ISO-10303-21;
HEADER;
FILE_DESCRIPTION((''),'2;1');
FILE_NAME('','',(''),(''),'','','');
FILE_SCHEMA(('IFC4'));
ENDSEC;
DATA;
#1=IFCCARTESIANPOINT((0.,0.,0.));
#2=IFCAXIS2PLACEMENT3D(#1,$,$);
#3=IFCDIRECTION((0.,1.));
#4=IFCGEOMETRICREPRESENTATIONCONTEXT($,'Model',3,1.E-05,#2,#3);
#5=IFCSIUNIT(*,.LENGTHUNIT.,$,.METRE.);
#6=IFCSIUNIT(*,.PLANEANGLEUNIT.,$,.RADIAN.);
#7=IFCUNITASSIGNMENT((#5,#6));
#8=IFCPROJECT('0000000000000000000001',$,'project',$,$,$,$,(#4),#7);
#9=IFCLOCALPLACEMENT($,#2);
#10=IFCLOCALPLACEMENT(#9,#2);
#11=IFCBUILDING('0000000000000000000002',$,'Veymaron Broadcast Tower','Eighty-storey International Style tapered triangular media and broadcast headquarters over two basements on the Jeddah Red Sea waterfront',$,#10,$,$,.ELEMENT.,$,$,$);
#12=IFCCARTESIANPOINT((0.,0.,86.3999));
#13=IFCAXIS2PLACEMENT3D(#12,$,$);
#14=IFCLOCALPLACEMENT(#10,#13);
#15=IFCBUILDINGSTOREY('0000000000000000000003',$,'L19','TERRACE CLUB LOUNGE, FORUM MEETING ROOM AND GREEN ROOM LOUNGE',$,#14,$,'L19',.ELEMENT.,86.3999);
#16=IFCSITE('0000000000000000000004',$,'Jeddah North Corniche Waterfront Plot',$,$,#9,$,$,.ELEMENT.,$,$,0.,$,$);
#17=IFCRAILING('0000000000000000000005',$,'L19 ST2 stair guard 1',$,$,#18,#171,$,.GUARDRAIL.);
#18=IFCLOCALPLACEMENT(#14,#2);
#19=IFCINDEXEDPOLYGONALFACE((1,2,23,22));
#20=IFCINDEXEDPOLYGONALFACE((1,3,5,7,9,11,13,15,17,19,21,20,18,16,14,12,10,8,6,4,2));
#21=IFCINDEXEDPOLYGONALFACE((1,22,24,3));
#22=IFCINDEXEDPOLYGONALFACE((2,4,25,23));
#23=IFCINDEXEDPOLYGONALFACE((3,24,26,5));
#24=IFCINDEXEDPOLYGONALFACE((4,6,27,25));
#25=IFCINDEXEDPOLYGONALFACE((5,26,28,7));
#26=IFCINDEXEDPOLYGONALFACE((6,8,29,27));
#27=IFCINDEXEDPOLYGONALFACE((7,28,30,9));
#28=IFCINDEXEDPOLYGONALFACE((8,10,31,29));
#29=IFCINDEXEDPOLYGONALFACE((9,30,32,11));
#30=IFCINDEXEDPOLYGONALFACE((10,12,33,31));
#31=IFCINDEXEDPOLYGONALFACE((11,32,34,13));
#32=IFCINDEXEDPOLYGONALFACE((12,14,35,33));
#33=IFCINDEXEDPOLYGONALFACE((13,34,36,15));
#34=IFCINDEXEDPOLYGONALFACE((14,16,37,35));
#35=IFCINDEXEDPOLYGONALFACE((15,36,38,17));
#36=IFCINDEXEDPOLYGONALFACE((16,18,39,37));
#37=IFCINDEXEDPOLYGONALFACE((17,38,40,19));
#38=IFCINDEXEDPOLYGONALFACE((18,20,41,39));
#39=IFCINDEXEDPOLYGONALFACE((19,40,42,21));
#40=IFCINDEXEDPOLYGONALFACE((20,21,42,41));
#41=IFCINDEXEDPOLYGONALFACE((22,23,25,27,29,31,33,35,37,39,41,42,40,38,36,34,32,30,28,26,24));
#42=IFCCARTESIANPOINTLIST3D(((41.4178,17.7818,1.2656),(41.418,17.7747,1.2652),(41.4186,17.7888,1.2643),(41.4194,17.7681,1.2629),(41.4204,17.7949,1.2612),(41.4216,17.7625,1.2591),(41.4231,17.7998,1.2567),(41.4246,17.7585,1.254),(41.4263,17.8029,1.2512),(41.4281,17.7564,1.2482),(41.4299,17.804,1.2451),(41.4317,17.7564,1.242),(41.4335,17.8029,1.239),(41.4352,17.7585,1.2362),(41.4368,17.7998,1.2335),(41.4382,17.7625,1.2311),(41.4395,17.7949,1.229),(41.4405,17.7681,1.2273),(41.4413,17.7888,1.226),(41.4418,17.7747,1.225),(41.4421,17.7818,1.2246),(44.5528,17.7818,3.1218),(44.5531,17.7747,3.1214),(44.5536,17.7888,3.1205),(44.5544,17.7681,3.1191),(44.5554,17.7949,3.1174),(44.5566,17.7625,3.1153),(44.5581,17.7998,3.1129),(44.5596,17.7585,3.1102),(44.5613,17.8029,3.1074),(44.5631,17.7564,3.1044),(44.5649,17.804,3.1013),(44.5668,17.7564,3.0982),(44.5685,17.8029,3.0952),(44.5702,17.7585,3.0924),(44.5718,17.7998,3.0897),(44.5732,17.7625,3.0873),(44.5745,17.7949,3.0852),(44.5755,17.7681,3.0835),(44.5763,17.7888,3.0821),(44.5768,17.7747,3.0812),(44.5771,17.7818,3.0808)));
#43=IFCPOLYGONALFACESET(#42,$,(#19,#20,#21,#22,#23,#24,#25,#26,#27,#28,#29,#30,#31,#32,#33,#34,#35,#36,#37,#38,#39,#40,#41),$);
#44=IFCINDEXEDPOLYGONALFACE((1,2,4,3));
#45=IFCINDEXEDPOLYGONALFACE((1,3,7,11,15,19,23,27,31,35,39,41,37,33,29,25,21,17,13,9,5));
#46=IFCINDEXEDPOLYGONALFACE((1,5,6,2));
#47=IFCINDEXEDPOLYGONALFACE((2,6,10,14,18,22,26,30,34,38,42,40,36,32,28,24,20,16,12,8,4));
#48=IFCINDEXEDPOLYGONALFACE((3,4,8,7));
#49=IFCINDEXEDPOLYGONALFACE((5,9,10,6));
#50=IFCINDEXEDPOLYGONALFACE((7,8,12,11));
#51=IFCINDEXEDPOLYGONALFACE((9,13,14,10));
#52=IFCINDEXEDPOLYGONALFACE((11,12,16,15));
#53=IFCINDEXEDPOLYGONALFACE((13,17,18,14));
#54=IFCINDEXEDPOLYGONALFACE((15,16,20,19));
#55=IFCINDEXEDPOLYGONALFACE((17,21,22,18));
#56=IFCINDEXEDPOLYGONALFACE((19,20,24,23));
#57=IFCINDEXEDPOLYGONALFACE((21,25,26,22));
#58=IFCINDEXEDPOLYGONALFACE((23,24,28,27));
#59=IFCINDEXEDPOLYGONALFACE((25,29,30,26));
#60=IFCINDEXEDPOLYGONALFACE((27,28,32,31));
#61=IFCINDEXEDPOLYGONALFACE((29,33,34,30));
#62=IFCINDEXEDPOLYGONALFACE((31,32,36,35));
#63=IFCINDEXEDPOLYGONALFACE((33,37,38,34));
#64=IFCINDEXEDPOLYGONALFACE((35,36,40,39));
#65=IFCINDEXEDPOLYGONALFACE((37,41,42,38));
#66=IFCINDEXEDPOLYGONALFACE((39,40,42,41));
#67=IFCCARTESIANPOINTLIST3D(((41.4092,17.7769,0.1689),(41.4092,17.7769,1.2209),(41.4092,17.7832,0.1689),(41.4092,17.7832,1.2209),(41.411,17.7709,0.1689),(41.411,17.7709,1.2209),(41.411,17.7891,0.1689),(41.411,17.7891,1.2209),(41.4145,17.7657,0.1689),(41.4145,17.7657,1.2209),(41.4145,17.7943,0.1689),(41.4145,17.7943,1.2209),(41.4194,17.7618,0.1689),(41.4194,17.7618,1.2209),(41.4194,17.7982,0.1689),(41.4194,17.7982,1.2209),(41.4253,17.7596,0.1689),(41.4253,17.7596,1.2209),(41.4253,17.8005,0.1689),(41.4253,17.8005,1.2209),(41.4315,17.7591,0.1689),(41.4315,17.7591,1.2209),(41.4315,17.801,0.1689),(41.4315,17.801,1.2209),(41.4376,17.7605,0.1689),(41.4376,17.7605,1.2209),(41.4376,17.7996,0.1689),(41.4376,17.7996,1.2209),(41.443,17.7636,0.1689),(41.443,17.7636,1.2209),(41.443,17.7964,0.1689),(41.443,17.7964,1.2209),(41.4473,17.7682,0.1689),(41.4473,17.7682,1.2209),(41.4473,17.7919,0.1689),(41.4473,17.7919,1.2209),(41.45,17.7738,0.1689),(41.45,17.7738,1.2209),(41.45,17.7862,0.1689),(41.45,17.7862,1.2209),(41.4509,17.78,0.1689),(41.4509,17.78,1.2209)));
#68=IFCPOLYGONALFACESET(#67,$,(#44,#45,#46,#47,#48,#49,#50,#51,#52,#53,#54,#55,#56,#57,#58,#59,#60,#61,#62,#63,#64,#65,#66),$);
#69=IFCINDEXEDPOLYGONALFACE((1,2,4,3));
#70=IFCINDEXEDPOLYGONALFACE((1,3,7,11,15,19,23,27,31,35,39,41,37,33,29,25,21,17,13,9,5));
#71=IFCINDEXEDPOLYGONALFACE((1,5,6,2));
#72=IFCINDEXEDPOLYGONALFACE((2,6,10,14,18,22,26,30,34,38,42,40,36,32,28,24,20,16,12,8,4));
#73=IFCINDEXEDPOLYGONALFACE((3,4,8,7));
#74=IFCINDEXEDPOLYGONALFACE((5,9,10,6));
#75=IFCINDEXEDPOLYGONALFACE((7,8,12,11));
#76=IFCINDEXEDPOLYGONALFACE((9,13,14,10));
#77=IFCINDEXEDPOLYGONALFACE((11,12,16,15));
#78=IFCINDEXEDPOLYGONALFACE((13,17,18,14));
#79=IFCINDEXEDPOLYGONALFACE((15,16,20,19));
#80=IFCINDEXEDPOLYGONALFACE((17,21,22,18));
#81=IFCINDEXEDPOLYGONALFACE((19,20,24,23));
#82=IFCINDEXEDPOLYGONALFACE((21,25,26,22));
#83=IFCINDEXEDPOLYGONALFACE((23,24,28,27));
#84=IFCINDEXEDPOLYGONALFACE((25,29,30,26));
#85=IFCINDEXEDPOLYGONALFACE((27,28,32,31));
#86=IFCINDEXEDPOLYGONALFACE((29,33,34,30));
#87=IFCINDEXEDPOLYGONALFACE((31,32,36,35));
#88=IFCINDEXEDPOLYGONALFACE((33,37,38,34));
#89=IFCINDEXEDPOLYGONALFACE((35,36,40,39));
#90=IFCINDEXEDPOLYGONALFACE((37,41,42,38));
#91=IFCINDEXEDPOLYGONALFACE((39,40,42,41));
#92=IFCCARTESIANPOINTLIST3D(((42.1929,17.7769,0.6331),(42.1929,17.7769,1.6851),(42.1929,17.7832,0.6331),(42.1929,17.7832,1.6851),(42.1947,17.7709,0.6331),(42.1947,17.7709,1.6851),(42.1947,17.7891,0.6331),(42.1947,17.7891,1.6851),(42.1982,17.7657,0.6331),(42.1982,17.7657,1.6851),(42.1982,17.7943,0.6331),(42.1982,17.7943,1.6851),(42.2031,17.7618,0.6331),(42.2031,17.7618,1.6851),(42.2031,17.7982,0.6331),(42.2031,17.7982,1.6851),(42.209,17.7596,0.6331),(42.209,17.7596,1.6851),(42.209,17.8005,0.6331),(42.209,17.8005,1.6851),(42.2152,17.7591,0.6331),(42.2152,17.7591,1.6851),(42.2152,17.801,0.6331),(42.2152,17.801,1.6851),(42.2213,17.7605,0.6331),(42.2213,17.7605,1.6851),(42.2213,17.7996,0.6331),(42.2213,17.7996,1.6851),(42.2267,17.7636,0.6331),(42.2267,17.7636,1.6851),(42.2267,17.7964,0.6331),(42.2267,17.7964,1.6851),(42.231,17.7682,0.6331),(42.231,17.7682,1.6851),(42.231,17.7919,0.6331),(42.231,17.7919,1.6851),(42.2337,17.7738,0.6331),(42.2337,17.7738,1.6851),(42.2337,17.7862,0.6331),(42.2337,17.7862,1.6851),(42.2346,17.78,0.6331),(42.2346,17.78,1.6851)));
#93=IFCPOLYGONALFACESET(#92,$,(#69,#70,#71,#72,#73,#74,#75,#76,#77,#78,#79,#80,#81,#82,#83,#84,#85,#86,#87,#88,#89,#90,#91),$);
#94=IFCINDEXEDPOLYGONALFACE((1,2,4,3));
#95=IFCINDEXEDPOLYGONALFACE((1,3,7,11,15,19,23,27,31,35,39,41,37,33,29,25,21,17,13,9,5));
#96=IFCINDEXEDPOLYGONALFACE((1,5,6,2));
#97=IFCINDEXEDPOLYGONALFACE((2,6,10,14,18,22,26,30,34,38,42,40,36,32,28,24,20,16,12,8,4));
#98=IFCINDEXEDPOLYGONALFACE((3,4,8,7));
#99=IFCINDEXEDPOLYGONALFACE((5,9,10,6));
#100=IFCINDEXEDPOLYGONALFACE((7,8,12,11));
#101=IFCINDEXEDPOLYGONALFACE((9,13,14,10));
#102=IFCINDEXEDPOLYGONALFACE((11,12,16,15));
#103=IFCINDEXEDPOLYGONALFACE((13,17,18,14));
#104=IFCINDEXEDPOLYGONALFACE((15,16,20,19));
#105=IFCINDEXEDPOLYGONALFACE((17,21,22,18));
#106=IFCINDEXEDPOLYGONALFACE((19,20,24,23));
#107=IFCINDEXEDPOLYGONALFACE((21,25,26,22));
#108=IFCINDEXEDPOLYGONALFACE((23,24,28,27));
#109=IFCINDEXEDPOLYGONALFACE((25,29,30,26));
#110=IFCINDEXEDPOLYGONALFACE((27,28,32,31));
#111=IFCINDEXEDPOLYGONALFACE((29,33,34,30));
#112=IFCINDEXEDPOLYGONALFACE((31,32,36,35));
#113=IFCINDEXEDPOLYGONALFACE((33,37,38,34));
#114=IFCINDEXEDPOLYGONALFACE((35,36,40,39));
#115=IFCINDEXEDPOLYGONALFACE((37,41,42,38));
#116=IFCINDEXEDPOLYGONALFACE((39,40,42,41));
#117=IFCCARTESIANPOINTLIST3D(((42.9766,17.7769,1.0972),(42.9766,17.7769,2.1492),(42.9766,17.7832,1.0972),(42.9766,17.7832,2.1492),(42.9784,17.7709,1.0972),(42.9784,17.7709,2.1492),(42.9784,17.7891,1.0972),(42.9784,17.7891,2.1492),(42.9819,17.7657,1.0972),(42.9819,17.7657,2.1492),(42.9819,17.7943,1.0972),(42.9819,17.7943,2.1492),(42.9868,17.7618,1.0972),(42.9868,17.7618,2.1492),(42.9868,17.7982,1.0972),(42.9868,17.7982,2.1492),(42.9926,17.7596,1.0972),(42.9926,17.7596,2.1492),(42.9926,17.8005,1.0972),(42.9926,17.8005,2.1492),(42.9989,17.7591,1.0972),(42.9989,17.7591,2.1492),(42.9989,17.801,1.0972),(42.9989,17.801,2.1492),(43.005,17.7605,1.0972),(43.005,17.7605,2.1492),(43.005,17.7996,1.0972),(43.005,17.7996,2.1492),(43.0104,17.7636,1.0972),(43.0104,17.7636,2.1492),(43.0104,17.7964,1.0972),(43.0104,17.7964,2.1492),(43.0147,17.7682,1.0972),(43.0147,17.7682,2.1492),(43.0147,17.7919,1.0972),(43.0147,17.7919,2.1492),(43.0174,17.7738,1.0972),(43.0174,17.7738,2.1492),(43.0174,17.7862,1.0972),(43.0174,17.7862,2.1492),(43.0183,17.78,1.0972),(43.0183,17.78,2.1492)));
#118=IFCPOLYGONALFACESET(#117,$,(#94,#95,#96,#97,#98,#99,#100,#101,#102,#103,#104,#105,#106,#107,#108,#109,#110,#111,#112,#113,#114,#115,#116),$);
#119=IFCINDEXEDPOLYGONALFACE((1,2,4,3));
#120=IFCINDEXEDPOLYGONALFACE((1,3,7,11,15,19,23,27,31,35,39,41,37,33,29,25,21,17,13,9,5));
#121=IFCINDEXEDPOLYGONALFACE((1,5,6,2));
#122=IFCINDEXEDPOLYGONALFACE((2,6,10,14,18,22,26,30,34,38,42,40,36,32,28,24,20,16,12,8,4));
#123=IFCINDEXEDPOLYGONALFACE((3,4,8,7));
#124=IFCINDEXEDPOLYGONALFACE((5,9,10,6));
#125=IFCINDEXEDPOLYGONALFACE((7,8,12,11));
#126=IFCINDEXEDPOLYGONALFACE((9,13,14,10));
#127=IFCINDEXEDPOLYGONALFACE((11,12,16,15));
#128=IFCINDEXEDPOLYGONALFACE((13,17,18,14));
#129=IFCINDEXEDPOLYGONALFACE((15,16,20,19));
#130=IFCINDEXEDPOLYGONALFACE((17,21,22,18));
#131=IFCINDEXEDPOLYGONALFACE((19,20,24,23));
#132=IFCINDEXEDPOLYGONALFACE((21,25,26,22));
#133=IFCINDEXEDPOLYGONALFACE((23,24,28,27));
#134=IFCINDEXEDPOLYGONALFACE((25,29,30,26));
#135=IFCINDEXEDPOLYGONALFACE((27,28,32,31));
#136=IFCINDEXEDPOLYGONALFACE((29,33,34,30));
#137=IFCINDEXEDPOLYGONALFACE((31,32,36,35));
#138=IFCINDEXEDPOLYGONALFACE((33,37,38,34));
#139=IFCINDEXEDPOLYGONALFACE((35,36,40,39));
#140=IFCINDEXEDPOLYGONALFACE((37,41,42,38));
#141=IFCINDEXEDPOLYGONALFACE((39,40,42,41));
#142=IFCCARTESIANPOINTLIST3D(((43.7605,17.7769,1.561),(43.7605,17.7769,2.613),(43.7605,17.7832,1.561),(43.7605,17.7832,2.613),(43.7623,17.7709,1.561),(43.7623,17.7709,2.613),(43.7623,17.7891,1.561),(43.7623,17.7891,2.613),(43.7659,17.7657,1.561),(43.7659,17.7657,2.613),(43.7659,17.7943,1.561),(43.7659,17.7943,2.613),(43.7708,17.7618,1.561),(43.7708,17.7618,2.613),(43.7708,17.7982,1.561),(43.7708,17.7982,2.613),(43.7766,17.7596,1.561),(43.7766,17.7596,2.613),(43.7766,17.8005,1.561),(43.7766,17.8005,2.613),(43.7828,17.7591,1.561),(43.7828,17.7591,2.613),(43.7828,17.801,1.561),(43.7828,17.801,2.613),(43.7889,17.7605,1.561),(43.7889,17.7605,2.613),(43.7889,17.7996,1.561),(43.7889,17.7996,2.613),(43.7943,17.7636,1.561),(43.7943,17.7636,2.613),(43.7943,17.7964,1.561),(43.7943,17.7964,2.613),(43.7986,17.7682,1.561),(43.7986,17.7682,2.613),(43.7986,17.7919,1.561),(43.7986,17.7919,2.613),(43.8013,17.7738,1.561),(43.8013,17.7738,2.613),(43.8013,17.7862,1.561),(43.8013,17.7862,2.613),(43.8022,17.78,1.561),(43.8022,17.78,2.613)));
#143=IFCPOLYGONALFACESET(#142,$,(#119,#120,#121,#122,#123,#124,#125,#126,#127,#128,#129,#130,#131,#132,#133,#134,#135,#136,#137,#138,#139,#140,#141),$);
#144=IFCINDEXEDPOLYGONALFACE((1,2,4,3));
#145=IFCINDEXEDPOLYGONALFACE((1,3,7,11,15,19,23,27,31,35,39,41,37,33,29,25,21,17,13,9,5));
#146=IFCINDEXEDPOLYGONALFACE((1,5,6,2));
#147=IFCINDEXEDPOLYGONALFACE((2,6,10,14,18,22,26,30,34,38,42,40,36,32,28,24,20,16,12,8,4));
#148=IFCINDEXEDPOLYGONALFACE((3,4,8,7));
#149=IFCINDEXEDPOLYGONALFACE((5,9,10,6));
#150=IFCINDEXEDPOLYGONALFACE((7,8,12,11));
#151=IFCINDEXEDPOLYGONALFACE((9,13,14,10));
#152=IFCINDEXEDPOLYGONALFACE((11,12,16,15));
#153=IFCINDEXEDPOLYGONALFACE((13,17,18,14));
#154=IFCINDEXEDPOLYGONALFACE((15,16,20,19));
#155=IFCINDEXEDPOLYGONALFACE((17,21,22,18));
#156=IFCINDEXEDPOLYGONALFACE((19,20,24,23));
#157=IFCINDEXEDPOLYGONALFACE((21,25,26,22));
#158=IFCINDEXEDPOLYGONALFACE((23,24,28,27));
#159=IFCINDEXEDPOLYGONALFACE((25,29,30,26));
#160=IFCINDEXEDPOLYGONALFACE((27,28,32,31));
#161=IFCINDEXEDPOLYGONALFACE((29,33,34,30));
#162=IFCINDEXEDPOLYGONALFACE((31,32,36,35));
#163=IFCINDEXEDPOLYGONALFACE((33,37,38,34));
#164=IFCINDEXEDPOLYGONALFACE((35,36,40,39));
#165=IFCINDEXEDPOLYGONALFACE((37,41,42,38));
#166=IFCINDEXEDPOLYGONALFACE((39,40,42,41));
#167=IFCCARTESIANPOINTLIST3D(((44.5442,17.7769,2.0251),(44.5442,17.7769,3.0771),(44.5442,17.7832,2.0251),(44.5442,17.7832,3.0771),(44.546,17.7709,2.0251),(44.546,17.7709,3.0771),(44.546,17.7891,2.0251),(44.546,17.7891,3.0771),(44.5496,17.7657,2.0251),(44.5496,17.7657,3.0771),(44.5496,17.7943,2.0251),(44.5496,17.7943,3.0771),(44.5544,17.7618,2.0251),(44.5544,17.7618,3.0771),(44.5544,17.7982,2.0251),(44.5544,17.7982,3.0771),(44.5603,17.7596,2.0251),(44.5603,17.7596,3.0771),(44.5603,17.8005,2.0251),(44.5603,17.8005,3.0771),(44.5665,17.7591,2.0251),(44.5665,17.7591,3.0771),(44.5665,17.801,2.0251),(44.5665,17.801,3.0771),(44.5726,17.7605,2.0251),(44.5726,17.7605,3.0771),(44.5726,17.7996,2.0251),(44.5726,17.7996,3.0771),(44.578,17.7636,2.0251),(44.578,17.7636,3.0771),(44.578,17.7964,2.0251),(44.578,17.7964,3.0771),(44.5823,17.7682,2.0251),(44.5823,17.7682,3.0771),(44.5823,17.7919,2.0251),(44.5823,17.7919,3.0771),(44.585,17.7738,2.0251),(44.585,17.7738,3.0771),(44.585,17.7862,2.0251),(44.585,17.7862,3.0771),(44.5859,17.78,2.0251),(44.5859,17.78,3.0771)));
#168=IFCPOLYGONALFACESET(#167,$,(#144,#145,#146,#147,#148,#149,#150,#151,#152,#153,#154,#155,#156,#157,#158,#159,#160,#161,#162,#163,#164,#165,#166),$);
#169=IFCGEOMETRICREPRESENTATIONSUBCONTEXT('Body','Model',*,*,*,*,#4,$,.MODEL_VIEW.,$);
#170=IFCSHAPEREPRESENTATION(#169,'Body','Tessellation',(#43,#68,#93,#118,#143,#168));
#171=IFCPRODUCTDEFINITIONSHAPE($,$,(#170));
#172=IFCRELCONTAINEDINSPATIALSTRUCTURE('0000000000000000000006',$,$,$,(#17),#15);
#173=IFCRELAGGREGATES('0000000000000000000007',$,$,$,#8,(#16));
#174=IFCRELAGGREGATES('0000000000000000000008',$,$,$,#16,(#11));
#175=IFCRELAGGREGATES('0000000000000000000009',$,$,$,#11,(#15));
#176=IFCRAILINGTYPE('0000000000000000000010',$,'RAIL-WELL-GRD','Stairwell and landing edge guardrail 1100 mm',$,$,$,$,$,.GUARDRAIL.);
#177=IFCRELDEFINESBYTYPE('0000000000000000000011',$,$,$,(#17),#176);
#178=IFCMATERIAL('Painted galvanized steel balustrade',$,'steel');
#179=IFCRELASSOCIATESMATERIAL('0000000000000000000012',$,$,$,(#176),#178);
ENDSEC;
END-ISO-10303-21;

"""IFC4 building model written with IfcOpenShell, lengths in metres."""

from ifc_helpers import new_model, si_unit, direction, frame, origin, origin_2d, place, context, subcontext, project, spatial, circle, extrude, material, type_object, element, save


model = new_model("IFC4")

# Units and contexts
model_context = context("Model", 3, precision=1e-05, world=origin(), true_north=direction((0.0, 1.0)))
body_context = subcontext(model_context, "Body", "Model", "MODEL_VIEW")
ifc_project = project(units=[si_unit("LENGTHUNIT", "METRE"), si_unit("PLANEANGLEUNIT", "RADIAN")], contexts=[model_context])

# Site, building, storey
site_placement = place(None, origin())
site = spatial("IfcSite", under=ifc_project, at=site_placement, Name="Jeddah North Corniche Waterfront Plot", CompositionType="ELEMENT", RefElevation=0.0)
building_placement = place(site_placement, origin())
building = spatial("IfcBuilding", under=site, at=building_placement, Name="Veymaron Broadcast Tower", Description="Eighty-storey International Style tapered triangular media and broadcast headquarters over two basements on the Jeddah Red Sea waterfront", CompositionType="ELEMENT")
storey_placement = place(building_placement, frame((0.0, 0.0, 86.3999)))
storey = spatial("IfcBuildingStorey", under=building, at=storey_placement, Name="L19", Description="TERRACE CLUB LOUNGE, FORUM MEETING ROOM AND GREEN ROOM LOUNGE", LongName="L19", CompositionType="ELEMENT", Elevation=86.3999)

# Railing
ifc_material_1 = material(Name="Painted galvanized steel balustrade", Category="steel")
railing_type_1 = type_object("IfcRailingType", Name="RAIL-WELL-GRD", Description="Stairwell and landing edge guardrail 1100 mm", PredefinedType="GUARDRAIL", material=ifc_material_1)
railing_1_placement = place(storey_placement, frame((41.4299, 17.78, 0.1689)))
element("IfcRailing", 1, at=railing_1_placement, inside=storey, type_object=railing_type_1, Name="L19 ST2 stair guard 1", PredefinedType="GUARDRAIL", context=body_context, shape_type="SweptSolid", body=[
    extrude(circle(Radius=0.0239, at=origin_2d()), frame((0.0, 0.0, 1.0762), z_axis=(0.860482, 0.0, 0.509481), x_axis=(0.0, 1.0, 0.0)), (0.0, 0.0, 1.0), 3.6433),
    extrude(circle(Radius=0.021, at=origin_2d()), origin(), (0.0, 0.0, 1.0), 1.052),
    extrude(circle(Radius=0.021, at=origin_2d()), frame((0.7837, 0.0, 0.4641)), (0.0, 0.0, 1.0), 1.052),
    extrude(circle(Radius=0.021, at=origin_2d()), frame((1.5674, 0.0, 0.9282)), (0.0, 0.0, 1.0), 1.052),
    extrude(circle(Radius=0.021, at=origin_2d()), frame((2.3513, 0.0, 1.3921)), (0.0, 0.0, 1.0), 1.052),
    extrude(circle(Radius=0.021, at=origin_2d()), frame((3.135, 0.0, 1.8562)), (0.0, 0.0, 1.0), 1.052),
])

save(model, "model.ifc")
